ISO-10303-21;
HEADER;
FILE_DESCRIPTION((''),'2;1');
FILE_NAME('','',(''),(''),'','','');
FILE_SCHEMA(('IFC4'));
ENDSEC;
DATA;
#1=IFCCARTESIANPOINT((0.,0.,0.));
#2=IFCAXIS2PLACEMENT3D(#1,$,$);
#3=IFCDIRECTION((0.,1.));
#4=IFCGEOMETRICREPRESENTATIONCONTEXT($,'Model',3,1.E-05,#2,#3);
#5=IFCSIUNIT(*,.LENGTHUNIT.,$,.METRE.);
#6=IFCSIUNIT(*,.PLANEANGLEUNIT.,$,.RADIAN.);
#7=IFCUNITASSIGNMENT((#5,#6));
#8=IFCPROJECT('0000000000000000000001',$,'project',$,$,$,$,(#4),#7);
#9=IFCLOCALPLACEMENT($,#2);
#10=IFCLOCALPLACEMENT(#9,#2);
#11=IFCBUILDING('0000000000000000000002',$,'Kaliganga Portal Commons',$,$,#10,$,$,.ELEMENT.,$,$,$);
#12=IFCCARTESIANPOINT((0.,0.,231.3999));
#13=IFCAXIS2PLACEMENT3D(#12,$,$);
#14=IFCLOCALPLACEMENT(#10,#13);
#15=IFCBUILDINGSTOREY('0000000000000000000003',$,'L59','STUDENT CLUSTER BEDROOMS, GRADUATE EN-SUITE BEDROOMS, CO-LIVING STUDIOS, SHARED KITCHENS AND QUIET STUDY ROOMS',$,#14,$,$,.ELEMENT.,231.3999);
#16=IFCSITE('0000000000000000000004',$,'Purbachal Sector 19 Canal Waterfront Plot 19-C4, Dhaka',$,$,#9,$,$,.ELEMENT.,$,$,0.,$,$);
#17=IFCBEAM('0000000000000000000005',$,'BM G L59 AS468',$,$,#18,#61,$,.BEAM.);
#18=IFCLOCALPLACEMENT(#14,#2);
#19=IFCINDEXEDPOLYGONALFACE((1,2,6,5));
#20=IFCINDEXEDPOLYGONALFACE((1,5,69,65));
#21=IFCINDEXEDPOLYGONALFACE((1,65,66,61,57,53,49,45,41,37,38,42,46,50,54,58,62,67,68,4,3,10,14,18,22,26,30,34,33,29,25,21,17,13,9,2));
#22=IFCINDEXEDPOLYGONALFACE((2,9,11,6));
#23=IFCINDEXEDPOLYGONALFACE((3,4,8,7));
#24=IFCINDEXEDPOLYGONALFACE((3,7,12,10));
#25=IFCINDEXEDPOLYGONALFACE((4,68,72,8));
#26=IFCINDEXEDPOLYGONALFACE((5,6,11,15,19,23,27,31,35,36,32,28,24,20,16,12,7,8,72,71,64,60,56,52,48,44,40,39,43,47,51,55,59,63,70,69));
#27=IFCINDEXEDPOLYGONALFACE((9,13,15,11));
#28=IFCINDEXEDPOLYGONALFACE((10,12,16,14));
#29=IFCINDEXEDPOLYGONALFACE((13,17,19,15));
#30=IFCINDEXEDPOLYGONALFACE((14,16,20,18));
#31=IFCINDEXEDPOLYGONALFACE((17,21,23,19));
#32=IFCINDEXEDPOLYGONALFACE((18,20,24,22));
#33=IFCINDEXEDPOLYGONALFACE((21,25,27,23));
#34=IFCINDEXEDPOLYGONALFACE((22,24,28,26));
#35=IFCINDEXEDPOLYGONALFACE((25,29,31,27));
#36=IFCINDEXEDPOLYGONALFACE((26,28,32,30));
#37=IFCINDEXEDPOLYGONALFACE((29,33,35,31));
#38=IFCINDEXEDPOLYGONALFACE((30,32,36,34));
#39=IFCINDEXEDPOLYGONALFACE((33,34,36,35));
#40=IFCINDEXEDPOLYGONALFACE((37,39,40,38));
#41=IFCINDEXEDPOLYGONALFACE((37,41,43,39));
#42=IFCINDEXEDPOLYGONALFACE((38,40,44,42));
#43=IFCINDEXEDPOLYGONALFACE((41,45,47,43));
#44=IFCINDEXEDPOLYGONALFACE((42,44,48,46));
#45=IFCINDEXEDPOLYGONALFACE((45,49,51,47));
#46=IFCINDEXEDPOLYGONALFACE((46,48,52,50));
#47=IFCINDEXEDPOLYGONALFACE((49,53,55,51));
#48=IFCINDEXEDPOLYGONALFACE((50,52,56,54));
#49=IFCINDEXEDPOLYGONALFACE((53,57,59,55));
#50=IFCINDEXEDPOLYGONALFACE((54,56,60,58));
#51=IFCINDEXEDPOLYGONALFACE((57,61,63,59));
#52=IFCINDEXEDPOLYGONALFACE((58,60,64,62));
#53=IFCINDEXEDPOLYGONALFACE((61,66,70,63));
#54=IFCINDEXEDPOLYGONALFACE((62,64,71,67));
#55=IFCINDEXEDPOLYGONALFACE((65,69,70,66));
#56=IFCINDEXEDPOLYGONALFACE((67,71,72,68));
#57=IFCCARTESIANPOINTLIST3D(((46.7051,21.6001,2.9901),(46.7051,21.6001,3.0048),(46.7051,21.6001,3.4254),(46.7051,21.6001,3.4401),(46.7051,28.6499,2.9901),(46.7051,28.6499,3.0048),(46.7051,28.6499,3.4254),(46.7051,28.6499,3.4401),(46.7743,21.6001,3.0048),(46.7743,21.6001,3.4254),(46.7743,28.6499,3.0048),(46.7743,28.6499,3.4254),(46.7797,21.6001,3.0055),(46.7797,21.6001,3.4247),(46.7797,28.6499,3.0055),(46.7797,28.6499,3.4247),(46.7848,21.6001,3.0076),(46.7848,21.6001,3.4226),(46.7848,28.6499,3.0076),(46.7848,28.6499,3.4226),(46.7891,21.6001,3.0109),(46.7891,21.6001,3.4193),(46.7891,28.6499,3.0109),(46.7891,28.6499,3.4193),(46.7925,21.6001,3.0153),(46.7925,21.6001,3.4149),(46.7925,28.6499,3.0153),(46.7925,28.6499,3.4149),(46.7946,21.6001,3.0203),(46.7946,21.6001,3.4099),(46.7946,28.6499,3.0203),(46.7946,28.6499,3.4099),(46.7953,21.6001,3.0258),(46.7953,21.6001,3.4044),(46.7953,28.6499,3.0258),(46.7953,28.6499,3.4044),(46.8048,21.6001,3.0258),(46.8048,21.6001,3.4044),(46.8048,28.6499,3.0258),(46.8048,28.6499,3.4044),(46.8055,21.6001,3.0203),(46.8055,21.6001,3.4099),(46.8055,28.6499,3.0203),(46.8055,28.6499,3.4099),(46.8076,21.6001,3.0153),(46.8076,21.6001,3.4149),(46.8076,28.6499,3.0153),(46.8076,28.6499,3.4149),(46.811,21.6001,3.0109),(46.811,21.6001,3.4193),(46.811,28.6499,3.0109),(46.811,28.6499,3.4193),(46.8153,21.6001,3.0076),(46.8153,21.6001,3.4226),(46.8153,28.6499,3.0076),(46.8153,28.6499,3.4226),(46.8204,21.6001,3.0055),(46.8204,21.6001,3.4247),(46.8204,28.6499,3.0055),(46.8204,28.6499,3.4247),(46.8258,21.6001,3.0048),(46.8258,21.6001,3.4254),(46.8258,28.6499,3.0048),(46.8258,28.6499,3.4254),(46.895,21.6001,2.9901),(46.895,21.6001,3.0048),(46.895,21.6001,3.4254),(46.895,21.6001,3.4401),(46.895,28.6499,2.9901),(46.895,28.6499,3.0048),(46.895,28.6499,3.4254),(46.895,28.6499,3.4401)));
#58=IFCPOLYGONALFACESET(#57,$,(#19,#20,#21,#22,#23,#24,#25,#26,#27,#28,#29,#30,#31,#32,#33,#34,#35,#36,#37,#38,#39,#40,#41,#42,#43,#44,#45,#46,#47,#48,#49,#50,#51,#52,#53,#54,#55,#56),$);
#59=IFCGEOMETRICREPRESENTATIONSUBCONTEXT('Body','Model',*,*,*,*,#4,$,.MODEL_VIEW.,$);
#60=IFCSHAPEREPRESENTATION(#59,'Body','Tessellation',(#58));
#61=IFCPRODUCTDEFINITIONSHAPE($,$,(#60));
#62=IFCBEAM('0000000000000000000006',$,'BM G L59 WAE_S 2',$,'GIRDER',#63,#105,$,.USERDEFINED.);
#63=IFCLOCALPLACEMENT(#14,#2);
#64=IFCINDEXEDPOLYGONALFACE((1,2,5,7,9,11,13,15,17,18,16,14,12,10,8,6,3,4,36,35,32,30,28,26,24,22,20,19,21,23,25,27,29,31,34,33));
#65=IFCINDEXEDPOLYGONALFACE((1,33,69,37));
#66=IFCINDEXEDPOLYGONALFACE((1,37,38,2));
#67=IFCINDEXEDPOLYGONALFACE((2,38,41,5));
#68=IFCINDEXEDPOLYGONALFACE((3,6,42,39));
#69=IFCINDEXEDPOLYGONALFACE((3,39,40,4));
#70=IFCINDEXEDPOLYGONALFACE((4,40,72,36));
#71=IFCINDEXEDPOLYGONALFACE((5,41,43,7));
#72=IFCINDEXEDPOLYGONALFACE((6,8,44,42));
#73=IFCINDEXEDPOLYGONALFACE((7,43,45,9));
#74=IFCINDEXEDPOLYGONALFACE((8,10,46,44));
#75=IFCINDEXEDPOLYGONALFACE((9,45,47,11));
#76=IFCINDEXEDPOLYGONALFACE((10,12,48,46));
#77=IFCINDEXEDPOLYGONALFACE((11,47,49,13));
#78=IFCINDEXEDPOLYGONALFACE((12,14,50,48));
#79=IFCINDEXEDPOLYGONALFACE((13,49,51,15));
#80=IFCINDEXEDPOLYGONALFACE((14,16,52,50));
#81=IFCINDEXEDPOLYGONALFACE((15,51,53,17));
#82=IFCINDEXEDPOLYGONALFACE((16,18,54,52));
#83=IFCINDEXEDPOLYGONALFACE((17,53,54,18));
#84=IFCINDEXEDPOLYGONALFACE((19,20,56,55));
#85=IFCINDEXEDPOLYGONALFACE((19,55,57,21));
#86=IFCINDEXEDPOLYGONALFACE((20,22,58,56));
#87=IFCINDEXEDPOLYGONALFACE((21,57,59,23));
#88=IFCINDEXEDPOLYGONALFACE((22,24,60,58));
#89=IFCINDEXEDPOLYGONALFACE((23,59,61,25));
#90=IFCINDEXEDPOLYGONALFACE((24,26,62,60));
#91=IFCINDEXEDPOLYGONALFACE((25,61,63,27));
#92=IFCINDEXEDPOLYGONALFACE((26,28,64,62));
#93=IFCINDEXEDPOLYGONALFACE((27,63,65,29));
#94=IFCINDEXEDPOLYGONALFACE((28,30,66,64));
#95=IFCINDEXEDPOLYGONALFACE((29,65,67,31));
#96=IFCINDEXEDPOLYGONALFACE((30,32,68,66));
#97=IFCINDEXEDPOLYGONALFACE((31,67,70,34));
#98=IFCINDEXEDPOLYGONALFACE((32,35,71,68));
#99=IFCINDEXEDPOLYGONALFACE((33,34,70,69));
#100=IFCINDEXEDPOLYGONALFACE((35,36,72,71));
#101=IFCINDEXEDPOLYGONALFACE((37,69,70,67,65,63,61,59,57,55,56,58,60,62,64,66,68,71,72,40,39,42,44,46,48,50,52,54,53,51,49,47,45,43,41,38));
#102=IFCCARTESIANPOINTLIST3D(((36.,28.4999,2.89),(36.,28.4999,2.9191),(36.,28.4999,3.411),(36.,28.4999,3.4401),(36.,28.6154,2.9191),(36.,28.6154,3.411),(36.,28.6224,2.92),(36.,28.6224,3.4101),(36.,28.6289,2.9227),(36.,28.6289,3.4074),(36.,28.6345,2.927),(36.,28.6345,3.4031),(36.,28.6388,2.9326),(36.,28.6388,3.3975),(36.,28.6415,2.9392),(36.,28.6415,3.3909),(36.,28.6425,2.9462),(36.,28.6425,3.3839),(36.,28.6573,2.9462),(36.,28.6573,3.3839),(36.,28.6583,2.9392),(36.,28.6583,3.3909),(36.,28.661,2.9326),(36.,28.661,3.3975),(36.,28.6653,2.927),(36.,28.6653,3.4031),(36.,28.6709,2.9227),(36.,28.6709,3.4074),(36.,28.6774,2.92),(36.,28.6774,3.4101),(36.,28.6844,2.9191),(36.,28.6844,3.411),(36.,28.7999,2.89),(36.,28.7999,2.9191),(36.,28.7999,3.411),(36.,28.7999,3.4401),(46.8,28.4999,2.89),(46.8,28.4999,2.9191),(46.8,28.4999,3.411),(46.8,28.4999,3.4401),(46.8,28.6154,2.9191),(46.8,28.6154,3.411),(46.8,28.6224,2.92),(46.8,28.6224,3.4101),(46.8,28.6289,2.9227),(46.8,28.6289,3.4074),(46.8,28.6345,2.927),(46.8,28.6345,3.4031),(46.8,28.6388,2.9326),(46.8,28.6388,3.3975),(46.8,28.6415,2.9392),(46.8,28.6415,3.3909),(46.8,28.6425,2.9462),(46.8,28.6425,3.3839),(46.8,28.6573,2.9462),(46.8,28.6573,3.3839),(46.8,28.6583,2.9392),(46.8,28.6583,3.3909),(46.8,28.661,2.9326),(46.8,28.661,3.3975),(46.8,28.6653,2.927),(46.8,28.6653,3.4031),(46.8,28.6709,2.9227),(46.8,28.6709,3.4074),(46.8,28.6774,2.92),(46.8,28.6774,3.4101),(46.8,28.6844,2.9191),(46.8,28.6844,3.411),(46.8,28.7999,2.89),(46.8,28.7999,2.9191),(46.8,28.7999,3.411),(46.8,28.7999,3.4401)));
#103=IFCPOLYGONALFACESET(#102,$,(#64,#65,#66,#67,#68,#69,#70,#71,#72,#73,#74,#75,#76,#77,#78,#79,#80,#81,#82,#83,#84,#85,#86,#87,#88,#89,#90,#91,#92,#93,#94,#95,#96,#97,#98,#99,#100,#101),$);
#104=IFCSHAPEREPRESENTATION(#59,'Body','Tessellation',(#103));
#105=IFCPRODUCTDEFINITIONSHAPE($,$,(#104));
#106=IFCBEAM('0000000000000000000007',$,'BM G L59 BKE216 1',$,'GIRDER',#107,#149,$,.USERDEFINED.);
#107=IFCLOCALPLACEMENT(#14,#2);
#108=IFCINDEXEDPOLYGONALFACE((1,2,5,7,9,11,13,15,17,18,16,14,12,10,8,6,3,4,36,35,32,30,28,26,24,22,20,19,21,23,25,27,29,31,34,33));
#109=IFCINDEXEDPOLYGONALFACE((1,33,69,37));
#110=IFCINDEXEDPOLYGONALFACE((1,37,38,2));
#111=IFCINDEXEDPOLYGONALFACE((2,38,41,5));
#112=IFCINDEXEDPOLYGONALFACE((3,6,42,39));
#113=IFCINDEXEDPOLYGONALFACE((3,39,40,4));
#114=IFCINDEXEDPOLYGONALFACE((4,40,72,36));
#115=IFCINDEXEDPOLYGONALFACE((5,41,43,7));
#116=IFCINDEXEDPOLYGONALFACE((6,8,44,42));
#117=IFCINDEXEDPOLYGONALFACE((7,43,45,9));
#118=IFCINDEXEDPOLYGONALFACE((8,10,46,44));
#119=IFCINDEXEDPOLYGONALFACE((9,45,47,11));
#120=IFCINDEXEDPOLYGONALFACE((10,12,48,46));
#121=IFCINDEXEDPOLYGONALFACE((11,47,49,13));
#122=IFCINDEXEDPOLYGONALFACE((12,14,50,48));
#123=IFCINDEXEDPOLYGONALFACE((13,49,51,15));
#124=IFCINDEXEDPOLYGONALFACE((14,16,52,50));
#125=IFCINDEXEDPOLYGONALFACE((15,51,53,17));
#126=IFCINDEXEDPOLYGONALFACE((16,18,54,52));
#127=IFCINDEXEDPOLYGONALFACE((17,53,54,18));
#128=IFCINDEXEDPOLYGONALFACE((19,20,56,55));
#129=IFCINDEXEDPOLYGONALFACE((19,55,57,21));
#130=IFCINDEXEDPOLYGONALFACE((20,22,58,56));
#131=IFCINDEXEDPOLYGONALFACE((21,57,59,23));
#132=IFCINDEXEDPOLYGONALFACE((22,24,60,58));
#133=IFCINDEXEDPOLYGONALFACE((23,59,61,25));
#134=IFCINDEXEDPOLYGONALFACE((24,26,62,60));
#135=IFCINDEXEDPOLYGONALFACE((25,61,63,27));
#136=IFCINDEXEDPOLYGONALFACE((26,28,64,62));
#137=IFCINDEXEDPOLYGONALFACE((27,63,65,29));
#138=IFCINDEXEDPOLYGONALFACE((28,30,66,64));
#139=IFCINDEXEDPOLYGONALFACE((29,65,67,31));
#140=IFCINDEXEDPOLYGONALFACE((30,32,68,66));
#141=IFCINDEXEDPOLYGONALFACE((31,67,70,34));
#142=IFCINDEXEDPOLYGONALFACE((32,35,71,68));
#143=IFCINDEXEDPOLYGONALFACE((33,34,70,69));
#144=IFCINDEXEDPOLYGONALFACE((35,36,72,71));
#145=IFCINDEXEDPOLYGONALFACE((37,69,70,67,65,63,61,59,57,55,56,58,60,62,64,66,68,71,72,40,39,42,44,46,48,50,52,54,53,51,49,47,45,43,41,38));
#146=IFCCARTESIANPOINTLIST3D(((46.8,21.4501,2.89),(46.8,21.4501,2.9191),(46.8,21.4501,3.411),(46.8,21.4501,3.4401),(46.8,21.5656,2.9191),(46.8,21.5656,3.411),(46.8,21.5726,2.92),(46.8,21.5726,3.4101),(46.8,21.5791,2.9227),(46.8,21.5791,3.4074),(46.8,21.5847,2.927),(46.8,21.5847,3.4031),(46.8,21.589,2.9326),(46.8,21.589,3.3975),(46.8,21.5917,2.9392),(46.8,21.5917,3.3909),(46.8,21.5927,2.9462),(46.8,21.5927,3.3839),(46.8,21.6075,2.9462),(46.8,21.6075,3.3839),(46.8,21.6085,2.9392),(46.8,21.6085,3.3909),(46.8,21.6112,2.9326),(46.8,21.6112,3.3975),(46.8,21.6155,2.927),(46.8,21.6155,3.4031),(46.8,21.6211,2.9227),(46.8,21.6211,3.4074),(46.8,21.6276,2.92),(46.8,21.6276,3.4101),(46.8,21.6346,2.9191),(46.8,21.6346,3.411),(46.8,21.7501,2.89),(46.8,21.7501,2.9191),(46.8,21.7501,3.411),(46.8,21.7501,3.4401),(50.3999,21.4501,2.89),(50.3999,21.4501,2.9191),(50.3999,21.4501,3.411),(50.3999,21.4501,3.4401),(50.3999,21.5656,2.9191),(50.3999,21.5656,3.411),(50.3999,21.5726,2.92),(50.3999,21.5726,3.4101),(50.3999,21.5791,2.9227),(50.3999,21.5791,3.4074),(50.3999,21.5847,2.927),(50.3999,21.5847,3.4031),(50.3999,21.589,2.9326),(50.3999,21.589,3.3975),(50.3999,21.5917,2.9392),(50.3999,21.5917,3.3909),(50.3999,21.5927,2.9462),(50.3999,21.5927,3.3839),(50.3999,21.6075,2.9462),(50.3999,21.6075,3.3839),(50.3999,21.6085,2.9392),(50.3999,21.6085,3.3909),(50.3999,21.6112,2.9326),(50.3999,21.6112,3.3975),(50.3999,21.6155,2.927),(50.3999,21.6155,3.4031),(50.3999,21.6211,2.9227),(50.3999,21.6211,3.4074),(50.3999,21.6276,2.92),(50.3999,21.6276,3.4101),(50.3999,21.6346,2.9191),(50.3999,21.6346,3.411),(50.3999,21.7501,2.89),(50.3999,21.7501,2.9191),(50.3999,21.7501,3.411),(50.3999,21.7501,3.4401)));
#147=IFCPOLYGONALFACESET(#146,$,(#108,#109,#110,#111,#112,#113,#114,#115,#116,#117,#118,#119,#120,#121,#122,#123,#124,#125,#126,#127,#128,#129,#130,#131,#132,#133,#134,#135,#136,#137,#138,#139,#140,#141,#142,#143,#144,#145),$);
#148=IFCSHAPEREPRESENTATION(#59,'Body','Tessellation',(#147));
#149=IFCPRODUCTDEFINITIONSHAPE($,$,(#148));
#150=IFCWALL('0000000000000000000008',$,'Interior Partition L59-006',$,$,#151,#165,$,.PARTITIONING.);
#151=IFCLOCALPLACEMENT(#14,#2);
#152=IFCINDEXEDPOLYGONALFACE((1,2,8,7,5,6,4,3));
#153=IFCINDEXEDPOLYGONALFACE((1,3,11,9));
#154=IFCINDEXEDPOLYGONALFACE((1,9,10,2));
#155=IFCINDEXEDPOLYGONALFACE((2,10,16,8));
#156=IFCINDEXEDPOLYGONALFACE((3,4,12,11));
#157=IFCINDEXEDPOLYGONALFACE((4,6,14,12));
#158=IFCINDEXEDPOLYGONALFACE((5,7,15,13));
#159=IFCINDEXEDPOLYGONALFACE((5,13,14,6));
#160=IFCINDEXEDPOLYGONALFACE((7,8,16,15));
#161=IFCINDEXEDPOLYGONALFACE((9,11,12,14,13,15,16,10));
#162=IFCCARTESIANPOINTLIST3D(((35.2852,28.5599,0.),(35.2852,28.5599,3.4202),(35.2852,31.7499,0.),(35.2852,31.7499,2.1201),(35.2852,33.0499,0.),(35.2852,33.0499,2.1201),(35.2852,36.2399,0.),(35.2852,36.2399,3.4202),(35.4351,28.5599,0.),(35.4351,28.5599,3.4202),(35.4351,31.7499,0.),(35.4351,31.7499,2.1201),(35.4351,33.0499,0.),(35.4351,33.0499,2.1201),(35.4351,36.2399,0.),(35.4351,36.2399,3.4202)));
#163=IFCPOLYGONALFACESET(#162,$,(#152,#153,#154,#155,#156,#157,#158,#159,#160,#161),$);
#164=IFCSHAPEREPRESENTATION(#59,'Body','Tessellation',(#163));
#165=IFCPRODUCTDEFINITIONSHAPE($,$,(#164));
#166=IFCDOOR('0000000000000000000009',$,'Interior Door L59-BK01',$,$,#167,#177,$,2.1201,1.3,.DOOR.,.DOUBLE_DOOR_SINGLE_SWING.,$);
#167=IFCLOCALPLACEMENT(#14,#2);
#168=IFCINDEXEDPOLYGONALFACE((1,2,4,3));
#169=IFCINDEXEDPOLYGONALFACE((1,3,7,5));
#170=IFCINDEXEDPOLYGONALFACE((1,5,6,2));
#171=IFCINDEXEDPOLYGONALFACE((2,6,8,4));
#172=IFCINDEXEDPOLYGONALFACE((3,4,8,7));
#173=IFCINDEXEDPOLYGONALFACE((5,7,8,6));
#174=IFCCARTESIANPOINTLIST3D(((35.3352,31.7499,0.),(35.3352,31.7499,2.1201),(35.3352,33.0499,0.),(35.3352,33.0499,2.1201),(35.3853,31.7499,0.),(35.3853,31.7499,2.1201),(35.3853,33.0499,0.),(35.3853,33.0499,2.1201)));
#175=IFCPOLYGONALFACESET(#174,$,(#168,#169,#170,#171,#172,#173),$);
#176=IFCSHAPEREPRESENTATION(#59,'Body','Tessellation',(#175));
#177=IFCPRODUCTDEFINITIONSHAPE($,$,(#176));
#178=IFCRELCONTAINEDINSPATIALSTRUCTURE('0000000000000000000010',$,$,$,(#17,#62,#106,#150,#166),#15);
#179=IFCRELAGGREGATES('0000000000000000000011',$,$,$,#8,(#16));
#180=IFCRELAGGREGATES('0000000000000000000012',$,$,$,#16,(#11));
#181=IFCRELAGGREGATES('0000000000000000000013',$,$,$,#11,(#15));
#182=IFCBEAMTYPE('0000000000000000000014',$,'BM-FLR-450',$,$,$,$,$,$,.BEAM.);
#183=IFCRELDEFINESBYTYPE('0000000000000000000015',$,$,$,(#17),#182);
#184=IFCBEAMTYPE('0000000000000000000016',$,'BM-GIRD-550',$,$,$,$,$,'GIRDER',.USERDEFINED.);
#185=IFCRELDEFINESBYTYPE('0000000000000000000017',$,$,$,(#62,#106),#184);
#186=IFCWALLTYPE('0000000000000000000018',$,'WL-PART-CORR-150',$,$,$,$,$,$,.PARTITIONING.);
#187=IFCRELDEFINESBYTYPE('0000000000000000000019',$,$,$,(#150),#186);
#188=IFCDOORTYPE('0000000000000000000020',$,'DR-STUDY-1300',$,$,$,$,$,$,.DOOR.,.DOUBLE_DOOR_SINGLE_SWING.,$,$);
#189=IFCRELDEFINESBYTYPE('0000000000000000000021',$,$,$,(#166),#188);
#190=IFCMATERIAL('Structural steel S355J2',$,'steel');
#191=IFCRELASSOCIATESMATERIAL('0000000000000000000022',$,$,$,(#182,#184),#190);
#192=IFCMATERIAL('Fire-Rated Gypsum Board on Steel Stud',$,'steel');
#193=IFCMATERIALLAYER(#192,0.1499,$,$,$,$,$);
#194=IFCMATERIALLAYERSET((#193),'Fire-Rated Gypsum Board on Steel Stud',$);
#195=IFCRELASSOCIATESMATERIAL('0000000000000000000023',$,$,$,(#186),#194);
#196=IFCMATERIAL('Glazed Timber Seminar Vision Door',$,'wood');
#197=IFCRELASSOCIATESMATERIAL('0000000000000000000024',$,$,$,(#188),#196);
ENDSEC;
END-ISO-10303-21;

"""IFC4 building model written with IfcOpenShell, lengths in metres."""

from ifc_helpers import new_model, si_unit, direction, frame, frame_2d, origin, origin_2d, place, context, subcontext, project, spatial, rectangle, i_section, extrude, source, transform, mapped, material, layer, layer_set, material_profile, profile_set, type_object, element, fill, save


model = new_model("IFC4")

# Units and contexts
model_context = context("Model", 3, precision=1e-05, world=origin(), true_north=direction((0.0, 1.0)))
body_context = subcontext(model_context, "Body", "Model", "MODEL_VIEW")
ifc_project = project(units=[si_unit("LENGTHUNIT", "METRE"), si_unit("PLANEANGLEUNIT", "RADIAN")], contexts=[model_context])

# Site, building, storey
site_placement = place(None, origin())
site = spatial("IfcSite", under=ifc_project, at=site_placement, Name="Purbachal Sector 19 Canal Waterfront Plot 19-C4, Dhaka", CompositionType="ELEMENT", RefElevation=0.0)
building_placement = place(site_placement, origin())
building = spatial("IfcBuilding", under=site, at=building_placement, Name="Kaliganga Portal Commons", CompositionType="ELEMENT")
storey_placement = place(building_placement, frame((0.0, 0.0, 231.3999)))
storey = spatial("IfcBuildingStorey", under=building, at=storey_placement, Name="L59", Description="STUDENT CLUSTER BEDROOMS, GRADUATE EN-SUITE BEDROOMS, CO-LIVING STUDIOS, SHARED KITCHENS AND QUIET STUDY ROOMS", CompositionType="ELEMENT", Elevation=231.3999)

# Beams
ifc_material_1 = material(Name="Structural steel S355J2", Category="steel")
ifc_material_profile_1 = material_profile(ifc_material_1, i_section(OverallWidth=0.1899, OverallDepth=0.45, WebThickness=0.0095, FlangeThickness=0.0146, FilletRadius=0.021, at=origin_2d()), Name="IPE 450")
ifc_profile_set_1 = profile_set([ifc_material_profile_1], Name="Structural steel S355J2 wide-flange")
beam_type_1 = type_object("IfcBeamType", Name="BM-FLR-450", PredefinedType="BEAM", material=ifc_profile_set_1)
shared_shape_1 = source(origin(), body_context, "Body", "SweptSolid", [
    extrude(i_section(OverallWidth=0.1899, OverallDepth=0.45, WebThickness=0.0095, FlangeThickness=0.0146, FilletRadius=0.021, at=origin_2d()), origin(), (0.0, 0.0, 1.0), 7.0498),
])
for number, where, z_axis, x_axis, name in (
    (1, (46.8, 21.6001, 3.2151), (0.0, 1.0, 0.0), (-1.0, 0.0, 0.0), "BM G L59 AS468"),
):
    element("IfcBeam", number, at=place(storey_placement, frame(where, z_axis=z_axis, x_axis=x_axis)), inside=storey, type_object=beam_type_1, Name=name, PredefinedType="BEAM", context=body_context, shape_type="MappedRepresentation", body=[
        mapped(shared_shape_1, transform((0.0, 0.0, 0.0), x_axis=(1.0, 0.0, 0.0), y_axis=(0.0, 1.0, 0.0), z_axis=(0.0, 0.0, 1.0), scale=1.0)),
    ])
ifc_material_profile_2 = material_profile(ifc_material_1, i_section(OverallWidth=0.3, OverallDepth=0.55, WebThickness=0.0149, FlangeThickness=0.0291, FilletRadius=0.0271, at=origin_2d()), Name="HE 550 B")
ifc_profile_set_2 = profile_set([ifc_material_profile_2], Name="Structural steel S355J2 wide-flange")
beam_type_2 = type_object("IfcBeamType", Name="BM-GIRD-550", ElementType="GIRDER", PredefinedType="USERDEFINED", material=ifc_profile_set_2)
shared_shape_2 = source(origin(), body_context, "Body", "SweptSolid", [
    extrude(i_section(OverallWidth=0.3, OverallDepth=0.55, WebThickness=0.0149, FlangeThickness=0.0291, FilletRadius=0.0271, at=origin_2d()), origin(), (0.0, 0.0, 1.0), 10.8),
])
beam_1_placement = place(storey_placement, frame((36.0, 28.6499, 3.165), z_axis=(1.0, 0.0, 0.0), x_axis=(0.0, 1.0, 0.0)))
element("IfcBeam", 2, at=beam_1_placement, inside=storey, type_object=beam_type_2, Name="BM G L59 WAE_S 2", ObjectType="GIRDER", PredefinedType="USERDEFINED", context=body_context, shape_type="MappedRepresentation", body=[
    mapped(shared_shape_2, transform((0.0, 0.0, 0.0), x_axis=(1.0, 0.0, 0.0), y_axis=(0.0, 1.0, 0.0), z_axis=(0.0, 0.0, 1.0), scale=1.0)),
])
shared_shape_3 = source(origin(), body_context, "Body", "SweptSolid", [
    extrude(i_section(OverallWidth=0.3, OverallDepth=0.55, WebThickness=0.0149, FlangeThickness=0.0291, FilletRadius=0.0271, at=origin_2d()), origin(), (0.0, 0.0, 1.0), 3.5999),
])
beam_2_placement = place(storey_placement, frame((46.8, 21.6001, 3.165), z_axis=(1.0, 0.0, 0.0), x_axis=(0.0, 1.0, 0.0)))
element("IfcBeam", 3, at=beam_2_placement, inside=storey, type_object=beam_type_2, Name="BM G L59 BKE216 1", ObjectType="GIRDER", PredefinedType="USERDEFINED", context=body_context, shape_type="MappedRepresentation", body=[
    mapped(shared_shape_3, transform((0.0, 0.0, 0.0), x_axis=(1.0, 0.0, 0.0), y_axis=(0.0, 1.0, 0.0), z_axis=(0.0, 0.0, 1.0), scale=1.0)),
])

# Wall, opening, door
ifc_material_2 = material(Name="Fire-Rated Gypsum Board on Steel Stud", Category="steel")
ifc_layer_1 = layer(ifc_material_2, 0.1499)
ifc_layer_set_1 = layer_set([ifc_layer_1], Name="Fire-Rated Gypsum Board on Steel Stud")
wall_type_1 = type_object("IfcWallType", Name="WL-PART-CORR-150", PredefinedType="PARTITIONING", material=ifc_layer_set_1)
wall_1_placement = place(storey_placement, frame((35.3601, 28.5601, 0.0), z_axis=(0.0, 0.0, 1.0), x_axis=(0.0, 1.0, 0.0)))
wall_1 = element("IfcWall", 4, at=wall_1_placement, inside=storey, type_object=wall_type_1, Name="Interior Partition L59-006", PredefinedType="PARTITIONING", context=body_context, shape_type="SweptSolid", body=[
    extrude(rectangle(XDim=7.6799, YDim=0.1499, at=frame_2d((3.8398, 0.0))), origin(), (0.0, 0.0, 1.0), 3.4202),
])
opening_1_placement = place(wall_1_placement, frame((3.1899, 0.0, 0.0)))
opening_1 = element("IfcOpeningElement", 5, at=opening_1_placement, cuts=wall_1, PredefinedType="OPENING", context=body_context, shape_type="SweptSolid", body=[
    extrude(rectangle(XDim=1.3, YDim=2.1201, at=frame_2d((0.6499, 1.0601))), frame((0.0, 0.085, 0.0), z_axis=(0.0, -1.0, 0.0), x_axis=(1.0, 0.0, 0.0)), (0.0, 0.0, 1.0), 0.1699),
])
ifc_material_3 = material(Name="Glazed Timber Seminar Vision Door", Category="wood")
door_type_1 = type_object("IfcDoorType", Name="DR-STUDY-1300", OperationType="DOUBLE_DOOR_SINGLE_SWING", PredefinedType="DOOR", material=ifc_material_3)
door_1_placement = place(opening_1_placement, origin())
door_1 = element("IfcDoor", 6, at=door_1_placement, inside=storey, type_object=door_type_1, Name="Interior Door L59-BK01", OperationType="DOUBLE_DOOR_SINGLE_SWING", OverallHeight=2.1201, OverallWidth=1.3, PredefinedType="DOOR", context=body_context, shape_type="SweptSolid", body=[
    extrude(rectangle(XDim=1.3, YDim=2.1201, at=frame_2d((0.6499, 1.0601))), frame((0.0, 0.0249, 0.0), z_axis=(0.0, -1.0, 0.0), x_axis=(1.0, 0.0, 0.0)), (0.0, 0.0, 1.0), 0.05),
])
fill(opening_1, door_1)

save(model, "model.ifc")
